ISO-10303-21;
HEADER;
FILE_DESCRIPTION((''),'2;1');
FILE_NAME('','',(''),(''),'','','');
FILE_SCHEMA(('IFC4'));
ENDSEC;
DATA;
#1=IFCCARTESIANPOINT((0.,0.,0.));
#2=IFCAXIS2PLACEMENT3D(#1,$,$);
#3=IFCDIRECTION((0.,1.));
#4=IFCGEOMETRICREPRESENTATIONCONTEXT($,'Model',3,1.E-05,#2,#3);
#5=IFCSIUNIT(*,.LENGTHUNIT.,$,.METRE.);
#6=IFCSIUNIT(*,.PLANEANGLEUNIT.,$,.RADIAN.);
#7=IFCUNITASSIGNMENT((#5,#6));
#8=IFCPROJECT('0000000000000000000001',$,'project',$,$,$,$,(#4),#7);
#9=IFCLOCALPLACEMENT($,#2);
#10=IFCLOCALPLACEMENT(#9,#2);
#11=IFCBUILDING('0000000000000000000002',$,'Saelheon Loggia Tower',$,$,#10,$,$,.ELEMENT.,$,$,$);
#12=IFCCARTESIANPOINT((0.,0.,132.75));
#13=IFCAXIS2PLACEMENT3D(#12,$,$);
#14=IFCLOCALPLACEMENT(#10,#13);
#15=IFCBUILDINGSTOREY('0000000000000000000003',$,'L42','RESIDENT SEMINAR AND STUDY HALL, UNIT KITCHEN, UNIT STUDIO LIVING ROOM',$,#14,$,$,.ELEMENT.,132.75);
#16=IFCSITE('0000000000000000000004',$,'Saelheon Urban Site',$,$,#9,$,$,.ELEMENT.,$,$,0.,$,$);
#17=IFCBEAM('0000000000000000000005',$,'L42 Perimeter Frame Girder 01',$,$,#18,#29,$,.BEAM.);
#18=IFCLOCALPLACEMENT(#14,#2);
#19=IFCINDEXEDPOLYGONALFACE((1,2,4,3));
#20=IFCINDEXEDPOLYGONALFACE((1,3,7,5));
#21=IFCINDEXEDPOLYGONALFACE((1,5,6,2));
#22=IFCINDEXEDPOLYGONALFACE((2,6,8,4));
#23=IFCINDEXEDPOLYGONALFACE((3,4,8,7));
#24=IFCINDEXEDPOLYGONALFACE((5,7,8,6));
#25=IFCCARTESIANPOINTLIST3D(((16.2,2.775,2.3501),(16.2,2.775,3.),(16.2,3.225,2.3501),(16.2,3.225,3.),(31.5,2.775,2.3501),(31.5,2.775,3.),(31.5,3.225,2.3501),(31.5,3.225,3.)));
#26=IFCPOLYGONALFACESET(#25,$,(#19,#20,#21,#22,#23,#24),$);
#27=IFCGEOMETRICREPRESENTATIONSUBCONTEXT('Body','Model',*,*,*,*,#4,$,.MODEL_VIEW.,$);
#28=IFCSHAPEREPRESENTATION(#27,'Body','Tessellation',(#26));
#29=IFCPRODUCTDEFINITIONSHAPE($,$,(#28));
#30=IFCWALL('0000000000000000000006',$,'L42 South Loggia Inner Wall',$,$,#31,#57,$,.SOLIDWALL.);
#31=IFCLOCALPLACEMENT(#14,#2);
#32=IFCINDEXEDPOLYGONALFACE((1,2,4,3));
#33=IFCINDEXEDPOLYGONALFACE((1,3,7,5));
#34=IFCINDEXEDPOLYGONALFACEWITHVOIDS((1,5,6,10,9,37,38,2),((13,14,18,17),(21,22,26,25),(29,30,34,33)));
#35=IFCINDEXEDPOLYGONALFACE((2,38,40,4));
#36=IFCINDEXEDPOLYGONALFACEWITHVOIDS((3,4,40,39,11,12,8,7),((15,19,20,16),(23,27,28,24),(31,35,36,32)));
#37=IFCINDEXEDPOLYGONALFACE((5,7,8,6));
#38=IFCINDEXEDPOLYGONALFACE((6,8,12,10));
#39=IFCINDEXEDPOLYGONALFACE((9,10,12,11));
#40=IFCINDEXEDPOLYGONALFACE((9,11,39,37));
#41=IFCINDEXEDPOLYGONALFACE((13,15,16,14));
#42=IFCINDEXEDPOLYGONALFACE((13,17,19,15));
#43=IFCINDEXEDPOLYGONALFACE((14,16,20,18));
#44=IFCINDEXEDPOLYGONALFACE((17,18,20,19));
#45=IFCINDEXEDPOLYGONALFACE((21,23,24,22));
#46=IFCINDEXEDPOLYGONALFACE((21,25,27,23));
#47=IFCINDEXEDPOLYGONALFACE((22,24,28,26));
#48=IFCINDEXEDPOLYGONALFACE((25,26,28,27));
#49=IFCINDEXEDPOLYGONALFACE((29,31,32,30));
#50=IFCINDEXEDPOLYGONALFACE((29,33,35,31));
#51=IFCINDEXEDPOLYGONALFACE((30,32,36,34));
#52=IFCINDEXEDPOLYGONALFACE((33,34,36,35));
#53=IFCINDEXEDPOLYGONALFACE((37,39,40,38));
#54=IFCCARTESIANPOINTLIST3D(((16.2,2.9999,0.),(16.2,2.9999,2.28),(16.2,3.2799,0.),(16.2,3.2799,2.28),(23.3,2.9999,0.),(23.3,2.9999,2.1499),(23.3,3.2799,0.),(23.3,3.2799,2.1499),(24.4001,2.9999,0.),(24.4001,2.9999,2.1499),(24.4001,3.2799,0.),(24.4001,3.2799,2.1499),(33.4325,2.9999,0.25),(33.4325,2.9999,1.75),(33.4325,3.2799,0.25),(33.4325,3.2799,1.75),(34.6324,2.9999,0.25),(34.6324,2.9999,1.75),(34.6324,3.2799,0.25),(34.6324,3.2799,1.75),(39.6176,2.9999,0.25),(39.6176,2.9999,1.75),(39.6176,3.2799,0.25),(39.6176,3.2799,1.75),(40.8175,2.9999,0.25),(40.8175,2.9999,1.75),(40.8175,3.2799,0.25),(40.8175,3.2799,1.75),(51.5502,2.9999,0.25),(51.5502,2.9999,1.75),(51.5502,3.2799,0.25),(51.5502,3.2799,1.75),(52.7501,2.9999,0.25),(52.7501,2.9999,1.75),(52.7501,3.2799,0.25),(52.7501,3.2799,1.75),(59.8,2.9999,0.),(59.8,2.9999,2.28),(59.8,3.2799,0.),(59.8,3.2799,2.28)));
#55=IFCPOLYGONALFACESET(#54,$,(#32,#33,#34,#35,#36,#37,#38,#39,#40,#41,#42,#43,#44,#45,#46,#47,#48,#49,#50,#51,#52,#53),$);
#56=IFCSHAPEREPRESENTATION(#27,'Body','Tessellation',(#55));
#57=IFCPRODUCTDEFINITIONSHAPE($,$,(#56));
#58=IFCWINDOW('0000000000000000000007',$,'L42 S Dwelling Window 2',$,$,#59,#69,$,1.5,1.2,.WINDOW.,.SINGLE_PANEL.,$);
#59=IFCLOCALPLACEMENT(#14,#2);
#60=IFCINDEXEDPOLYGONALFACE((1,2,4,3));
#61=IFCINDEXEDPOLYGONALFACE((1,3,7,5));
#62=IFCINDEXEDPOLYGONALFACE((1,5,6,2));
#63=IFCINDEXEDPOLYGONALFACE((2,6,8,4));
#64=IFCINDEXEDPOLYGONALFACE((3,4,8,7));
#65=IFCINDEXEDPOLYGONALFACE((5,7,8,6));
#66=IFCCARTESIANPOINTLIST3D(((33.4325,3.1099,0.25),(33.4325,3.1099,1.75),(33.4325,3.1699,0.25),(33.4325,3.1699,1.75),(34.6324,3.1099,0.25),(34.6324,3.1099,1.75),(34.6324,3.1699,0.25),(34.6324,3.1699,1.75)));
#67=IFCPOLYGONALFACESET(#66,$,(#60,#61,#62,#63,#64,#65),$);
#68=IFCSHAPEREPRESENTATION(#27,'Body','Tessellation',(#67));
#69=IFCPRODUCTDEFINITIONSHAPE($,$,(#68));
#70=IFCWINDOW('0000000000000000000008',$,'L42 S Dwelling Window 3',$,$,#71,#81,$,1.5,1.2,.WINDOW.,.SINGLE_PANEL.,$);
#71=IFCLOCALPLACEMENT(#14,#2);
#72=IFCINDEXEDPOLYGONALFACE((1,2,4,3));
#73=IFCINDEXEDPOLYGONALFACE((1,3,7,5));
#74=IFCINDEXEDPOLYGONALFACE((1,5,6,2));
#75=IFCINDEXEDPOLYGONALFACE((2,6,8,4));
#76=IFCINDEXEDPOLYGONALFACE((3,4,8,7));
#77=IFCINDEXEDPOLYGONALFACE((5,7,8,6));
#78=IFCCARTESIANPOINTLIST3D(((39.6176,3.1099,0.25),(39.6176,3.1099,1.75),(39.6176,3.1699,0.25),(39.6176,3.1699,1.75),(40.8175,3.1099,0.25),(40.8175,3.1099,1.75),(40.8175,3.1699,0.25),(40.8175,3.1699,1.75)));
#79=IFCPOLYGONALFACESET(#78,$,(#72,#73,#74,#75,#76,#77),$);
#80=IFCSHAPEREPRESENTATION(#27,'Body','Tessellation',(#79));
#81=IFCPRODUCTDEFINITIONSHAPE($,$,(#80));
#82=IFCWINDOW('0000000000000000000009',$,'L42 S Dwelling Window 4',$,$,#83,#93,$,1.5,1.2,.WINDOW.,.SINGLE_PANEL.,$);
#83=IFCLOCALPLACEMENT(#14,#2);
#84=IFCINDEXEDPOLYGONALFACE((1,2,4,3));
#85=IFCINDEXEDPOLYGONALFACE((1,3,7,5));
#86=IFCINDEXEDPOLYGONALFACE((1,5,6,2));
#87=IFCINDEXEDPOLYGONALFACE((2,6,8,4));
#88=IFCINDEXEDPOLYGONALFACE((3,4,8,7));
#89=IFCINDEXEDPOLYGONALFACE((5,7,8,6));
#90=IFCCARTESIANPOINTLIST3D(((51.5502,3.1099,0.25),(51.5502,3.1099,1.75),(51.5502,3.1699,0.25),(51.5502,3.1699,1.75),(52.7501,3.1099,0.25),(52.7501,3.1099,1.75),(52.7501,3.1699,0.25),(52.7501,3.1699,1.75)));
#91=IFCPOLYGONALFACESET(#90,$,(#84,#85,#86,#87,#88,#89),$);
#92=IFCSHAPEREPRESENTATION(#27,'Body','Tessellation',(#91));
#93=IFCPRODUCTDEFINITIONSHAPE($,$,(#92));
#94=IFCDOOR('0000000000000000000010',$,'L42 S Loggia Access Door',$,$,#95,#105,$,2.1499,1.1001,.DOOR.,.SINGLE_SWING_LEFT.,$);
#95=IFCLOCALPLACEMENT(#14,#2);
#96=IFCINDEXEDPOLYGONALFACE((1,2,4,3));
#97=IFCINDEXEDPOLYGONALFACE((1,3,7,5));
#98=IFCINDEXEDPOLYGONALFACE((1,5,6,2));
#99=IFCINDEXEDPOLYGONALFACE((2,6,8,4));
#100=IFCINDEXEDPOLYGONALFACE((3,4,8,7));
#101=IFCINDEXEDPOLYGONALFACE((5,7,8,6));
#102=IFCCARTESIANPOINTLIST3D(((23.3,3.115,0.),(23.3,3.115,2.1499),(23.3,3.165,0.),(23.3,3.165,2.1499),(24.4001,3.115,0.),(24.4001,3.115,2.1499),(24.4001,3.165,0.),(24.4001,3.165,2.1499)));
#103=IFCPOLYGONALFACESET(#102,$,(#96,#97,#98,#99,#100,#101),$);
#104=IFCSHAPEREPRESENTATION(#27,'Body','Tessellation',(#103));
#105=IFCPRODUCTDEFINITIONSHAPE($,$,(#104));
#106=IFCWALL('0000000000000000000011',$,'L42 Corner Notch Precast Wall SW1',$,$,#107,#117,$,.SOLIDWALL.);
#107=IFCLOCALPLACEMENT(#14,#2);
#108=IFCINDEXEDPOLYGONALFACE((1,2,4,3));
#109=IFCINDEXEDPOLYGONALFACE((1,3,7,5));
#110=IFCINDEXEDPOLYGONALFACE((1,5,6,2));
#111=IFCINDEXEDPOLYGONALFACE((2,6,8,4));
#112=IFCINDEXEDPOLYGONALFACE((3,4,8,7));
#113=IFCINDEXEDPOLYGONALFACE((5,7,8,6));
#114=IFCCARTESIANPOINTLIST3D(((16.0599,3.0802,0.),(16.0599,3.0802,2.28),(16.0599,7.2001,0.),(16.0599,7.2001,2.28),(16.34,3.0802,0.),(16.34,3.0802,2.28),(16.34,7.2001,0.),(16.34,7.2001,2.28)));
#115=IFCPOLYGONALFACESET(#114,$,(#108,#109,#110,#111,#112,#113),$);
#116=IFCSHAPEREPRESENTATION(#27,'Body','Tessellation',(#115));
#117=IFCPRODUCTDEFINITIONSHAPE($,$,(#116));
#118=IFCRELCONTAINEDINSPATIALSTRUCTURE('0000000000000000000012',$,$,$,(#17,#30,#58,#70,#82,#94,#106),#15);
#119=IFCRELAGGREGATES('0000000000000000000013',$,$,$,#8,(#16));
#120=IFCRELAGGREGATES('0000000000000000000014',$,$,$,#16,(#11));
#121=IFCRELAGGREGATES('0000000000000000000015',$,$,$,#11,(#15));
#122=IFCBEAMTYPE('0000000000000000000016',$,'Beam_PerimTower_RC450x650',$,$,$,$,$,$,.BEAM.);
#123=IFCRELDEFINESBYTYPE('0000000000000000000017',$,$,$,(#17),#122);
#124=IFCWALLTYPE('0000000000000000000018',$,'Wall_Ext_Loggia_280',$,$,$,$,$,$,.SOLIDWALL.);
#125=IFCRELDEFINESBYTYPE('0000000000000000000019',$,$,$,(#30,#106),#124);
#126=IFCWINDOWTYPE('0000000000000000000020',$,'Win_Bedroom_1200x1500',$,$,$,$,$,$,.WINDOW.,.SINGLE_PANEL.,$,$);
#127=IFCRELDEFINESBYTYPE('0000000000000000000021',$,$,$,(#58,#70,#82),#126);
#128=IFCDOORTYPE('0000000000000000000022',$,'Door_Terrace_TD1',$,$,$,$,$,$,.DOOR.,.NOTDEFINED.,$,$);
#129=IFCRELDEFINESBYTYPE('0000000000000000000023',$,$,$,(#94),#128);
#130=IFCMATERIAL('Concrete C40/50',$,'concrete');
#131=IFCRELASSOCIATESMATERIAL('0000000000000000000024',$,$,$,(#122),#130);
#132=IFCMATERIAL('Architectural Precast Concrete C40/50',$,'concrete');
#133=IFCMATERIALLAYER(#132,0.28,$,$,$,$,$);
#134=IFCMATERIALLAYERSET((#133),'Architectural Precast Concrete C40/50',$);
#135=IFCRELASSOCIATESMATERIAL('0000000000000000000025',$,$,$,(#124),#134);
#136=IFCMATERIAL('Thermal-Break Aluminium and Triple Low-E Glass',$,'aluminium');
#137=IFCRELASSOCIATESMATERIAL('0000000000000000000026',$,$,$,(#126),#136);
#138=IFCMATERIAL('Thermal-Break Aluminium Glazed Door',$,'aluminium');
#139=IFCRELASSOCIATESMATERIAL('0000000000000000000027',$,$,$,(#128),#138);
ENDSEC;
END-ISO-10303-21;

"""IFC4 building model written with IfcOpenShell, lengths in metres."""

from ifc_helpers import new_model, si_unit, direction, frame, frame_2d, origin, origin_2d, place, context, subcontext, project, spatial, rectangle, extrude, source, transform, mapped, material, layer, layer_set, material_profile, profile_set, type_object, element, fill, save


model = new_model("IFC4")

# Units and contexts
model_context = context("Model", 3, precision=1e-05, world=origin(), true_north=direction((0.0, 1.0)))
body_context = subcontext(model_context, "Body", "Model", "MODEL_VIEW")
ifc_project = project(units=[si_unit("LENGTHUNIT", "METRE"), si_unit("PLANEANGLEUNIT", "RADIAN")], contexts=[model_context])

# Site, building, storey
site_placement = place(None, origin())
site = spatial("IfcSite", under=ifc_project, at=site_placement, Name="Saelheon Urban Site", CompositionType="ELEMENT", RefElevation=0.0)
building_placement = place(site_placement, origin())
building = spatial("IfcBuilding", under=site, at=building_placement, Name="Saelheon Loggia Tower", CompositionType="ELEMENT")
storey_placement = place(building_placement, frame((0.0, 0.0, 132.75)))
storey = spatial("IfcBuildingStorey", under=building, at=storey_placement, Name="L42", Description="RESIDENT SEMINAR AND STUDY HALL, UNIT KITCHEN, UNIT STUDIO LIVING ROOM", CompositionType="ELEMENT", Elevation=132.75)

# Beam
ifc_material_1 = material(Name="Concrete C40/50", Category="concrete")
ifc_material_profile = material_profile(ifc_material_1, rectangle(XDim=0.45, YDim=0.6499, at=origin_2d()), Name="RC-450x650")
ifc_profile_set = profile_set([ifc_material_profile], Name="Concrete C40/50")
beam_type = type_object("IfcBeamType", Name="Beam_PerimTower_RC450x650", PredefinedType="BEAM", material=ifc_profile_set)
shared_shape_1 = source(origin(), body_context, "Body", "SweptSolid", [
    extrude(rectangle(XDim=0.45, YDim=0.6499, at=origin_2d()), origin(), (0.0, 0.0, 1.0), 15.3),
])
beam_placement = place(storey_placement, frame((16.2, 3.0, 2.675), z_axis=(1.0, 0.0, 0.0), x_axis=(0.0, 1.0, 0.0)))
element("IfcBeam", 1, at=beam_placement, inside=storey, type_object=beam_type, Name="L42 Perimeter Frame Girder 01", PredefinedType="BEAM", context=body_context, shape_type="MappedRepresentation", body=[
    mapped(shared_shape_1, transform((0.0, 0.0, 0.0), scale=1.0)),
])

# Wall, openings, windows, door
ifc_material_2 = material(Name="Architectural Precast Concrete C40/50", Category="concrete")
ifc_layer = layer(ifc_material_2, 0.28)
ifc_layer_set = layer_set([ifc_layer], Name="Architectural Precast Concrete C40/50")
wall_type = type_object("IfcWallType", Name="Wall_Ext_Loggia_280", PredefinedType="SOLIDWALL", material=ifc_layer_set)
wall_1_placement = place(storey_placement, frame((16.2, 3.1399, 0.0), z_axis=(0.0, 0.0, 1.0), x_axis=(1.0, 0.0, 0.0)))
wall_1 = element("IfcWall", 2, at=wall_1_placement, inside=storey, type_object=wall_type, Name="L42 South Loggia Inner Wall", PredefinedType="SOLIDWALL", context=body_context, shape_type="SweptSolid", body=[
    extrude(rectangle(XDim=43.6001, YDim=0.28, at=frame_2d((21.8, 0.0))), origin(), (0.0, 0.0, 1.0), 2.28),
])
opening_1_placement = place(wall_1_placement, frame((8.2002, 0.0, 0.0), z_axis=(0.0, 0.0, 1.0), x_axis=(-1.0, 0.0, 0.0)))
opening_1 = element("IfcOpeningElement", 3, at=opening_1_placement, cuts=wall_1, PredefinedType="OPENING", context=body_context, shape_type="SweptSolid", body=[
    extrude(rectangle(XDim=1.1001, YDim=2.1499, at=frame_2d((0.55, 1.075))), frame((0.0, 0.1521, 0.0), z_axis=(0.0, -1.0, 0.0), x_axis=(1.0, 0.0, 0.0)), (0.0, 0.0, 1.0), 0.304),
])
opening_2_placement = place(wall_1_placement, frame((17.2324, 0.0, 0.25)))
opening_2 = element("IfcOpeningElement", 4, at=opening_2_placement, cuts=wall_1, PredefinedType="OPENING", context=body_context, shape_type="SweptSolid", body=[
    extrude(rectangle(XDim=1.2, YDim=1.5, at=frame_2d((0.6001, 0.75))), frame((0.0, 0.1521, 0.0), z_axis=(0.0, -1.0, 0.0), x_axis=(1.0, 0.0, 0.0)), (0.0, 0.0, 1.0), 0.304),
])
opening_3_placement = place(wall_1_placement, frame((23.4175, 0.0, 0.25)))
opening_3 = element("IfcOpeningElement", 5, at=opening_3_placement, cuts=wall_1, PredefinedType="OPENING", context=body_context, shape_type="SweptSolid", body=[
    extrude(rectangle(XDim=1.2, YDim=1.5, at=frame_2d((0.6001, 0.75))), frame((0.0, 0.1521, 0.0), z_axis=(0.0, -1.0, 0.0), x_axis=(1.0, 0.0, 0.0)), (0.0, 0.0, 1.0), 0.304),
])
opening_4_placement = place(wall_1_placement, frame((35.3501, 0.0, 0.25)))
opening_4 = element("IfcOpeningElement", 6, at=opening_4_placement, cuts=wall_1, PredefinedType="OPENING", context=body_context, shape_type="SweptSolid", body=[
    extrude(rectangle(XDim=1.2, YDim=1.5, at=frame_2d((0.6001, 0.75))), frame((0.0, 0.1521, 0.0), z_axis=(0.0, -1.0, 0.0), x_axis=(1.0, 0.0, 0.0)), (0.0, 0.0, 1.0), 0.304),
])
ifc_material_3 = material(Name="Thermal-Break Aluminium and Triple Low-E Glass", Category="aluminium")
window_type = type_object("IfcWindowType", Name="Win_Bedroom_1200x1500", PartitioningType="SINGLE_PANEL", PredefinedType="WINDOW", material=ifc_material_3)
shared_shape_2 = source(origin(), body_context, "Body", "SweptSolid", [
    extrude(rectangle(XDim=1.2, YDim=1.5, at=frame_2d((0.6001, 0.75))), frame((0.0, 0.03, 0.0), z_axis=(0.0, -1.0, 0.0), x_axis=(1.0, 0.0, 0.0)), (0.0, 0.0, 1.0), 0.0601),
])
window_1_placement = place(opening_2_placement, origin())
window_1 = element("IfcWindow", 7, at=window_1_placement, inside=storey, type_object=window_type, Name="L42 S Dwelling Window 2", OverallHeight=1.5, OverallWidth=1.2, PartitioningType="SINGLE_PANEL", PredefinedType="WINDOW", context=body_context, shape_type="MappedRepresentation", body=[
    mapped(shared_shape_2, transform((0.0, 0.0, 0.0), scale=1.0)),
])
fill(opening_2, window_1)
window_2_placement = place(opening_3_placement, origin())
window_2 = element("IfcWindow", 8, at=window_2_placement, inside=storey, type_object=window_type, Name="L42 S Dwelling Window 3", OverallHeight=1.5, OverallWidth=1.2, PartitioningType="SINGLE_PANEL", PredefinedType="WINDOW", context=body_context, shape_type="MappedRepresentation", body=[
    mapped(shared_shape_2, transform((0.0, 0.0, 0.0), scale=1.0)),
])
fill(opening_3, window_2)
window_3_placement = place(opening_4_placement, origin())
window_3 = element("IfcWindow", 9, at=window_3_placement, inside=storey, type_object=window_type, Name="L42 S Dwelling Window 4", OverallHeight=1.5, OverallWidth=1.2, PartitioningType="SINGLE_PANEL", PredefinedType="WINDOW", context=body_context, shape_type="MappedRepresentation", body=[
    mapped(shared_shape_2, transform((0.0, 0.0, 0.0), scale=1.0)),
])
fill(opening_4, window_3)
ifc_material_4 = material(Name="Thermal-Break Aluminium Glazed Door", Category="aluminium")
door_type = type_object("IfcDoorType", Name="Door_Terrace_TD1", OperationType="NOTDEFINED", PredefinedType="DOOR", material=ifc_material_4)
shared_shape_3 = source(origin(), body_context, "Body", "SweptSolid", [
    extrude(rectangle(XDim=1.1001, YDim=2.1499, at=frame_2d((0.55, 1.075))), frame((0.0, 0.0249, 0.0), z_axis=(0.0, -1.0, 0.0), x_axis=(1.0, 0.0, 0.0)), (0.0, 0.0, 1.0), 0.05),
])
door_placement = place(opening_1_placement, origin())
door = element("IfcDoor", 10, at=door_placement, inside=storey, type_object=door_type, Name="L42 S Loggia Access Door", OperationType="SINGLE_SWING_LEFT", OverallHeight=2.1499, OverallWidth=1.1001, PredefinedType="DOOR", context=body_context, shape_type="MappedRepresentation", body=[
    mapped(shared_shape_3, transform((0.0, 0.0, 0.0), scale=1.0)),
])
fill(opening_1, door)

# Wall
wall_2_placement = place(storey_placement, frame((16.2, 3.0801, 0.0), z_axis=(0.0, 0.0, 1.0), x_axis=(0.0, 1.0, 0.0)))
element("IfcWall", 11, at=wall_2_placement, inside=storey, type_object=wall_type, Name="L42 Corner Notch Precast Wall SW1", PredefinedType="SOLIDWALL", context=body_context, shape_type="SweptSolid", body=[
    extrude(rectangle(XDim=4.1199, YDim=0.28, at=frame_2d((2.0601, 0.0))), origin(), (0.0, 0.0, 1.0), 2.28),
])

save(model, "model.ifc")
